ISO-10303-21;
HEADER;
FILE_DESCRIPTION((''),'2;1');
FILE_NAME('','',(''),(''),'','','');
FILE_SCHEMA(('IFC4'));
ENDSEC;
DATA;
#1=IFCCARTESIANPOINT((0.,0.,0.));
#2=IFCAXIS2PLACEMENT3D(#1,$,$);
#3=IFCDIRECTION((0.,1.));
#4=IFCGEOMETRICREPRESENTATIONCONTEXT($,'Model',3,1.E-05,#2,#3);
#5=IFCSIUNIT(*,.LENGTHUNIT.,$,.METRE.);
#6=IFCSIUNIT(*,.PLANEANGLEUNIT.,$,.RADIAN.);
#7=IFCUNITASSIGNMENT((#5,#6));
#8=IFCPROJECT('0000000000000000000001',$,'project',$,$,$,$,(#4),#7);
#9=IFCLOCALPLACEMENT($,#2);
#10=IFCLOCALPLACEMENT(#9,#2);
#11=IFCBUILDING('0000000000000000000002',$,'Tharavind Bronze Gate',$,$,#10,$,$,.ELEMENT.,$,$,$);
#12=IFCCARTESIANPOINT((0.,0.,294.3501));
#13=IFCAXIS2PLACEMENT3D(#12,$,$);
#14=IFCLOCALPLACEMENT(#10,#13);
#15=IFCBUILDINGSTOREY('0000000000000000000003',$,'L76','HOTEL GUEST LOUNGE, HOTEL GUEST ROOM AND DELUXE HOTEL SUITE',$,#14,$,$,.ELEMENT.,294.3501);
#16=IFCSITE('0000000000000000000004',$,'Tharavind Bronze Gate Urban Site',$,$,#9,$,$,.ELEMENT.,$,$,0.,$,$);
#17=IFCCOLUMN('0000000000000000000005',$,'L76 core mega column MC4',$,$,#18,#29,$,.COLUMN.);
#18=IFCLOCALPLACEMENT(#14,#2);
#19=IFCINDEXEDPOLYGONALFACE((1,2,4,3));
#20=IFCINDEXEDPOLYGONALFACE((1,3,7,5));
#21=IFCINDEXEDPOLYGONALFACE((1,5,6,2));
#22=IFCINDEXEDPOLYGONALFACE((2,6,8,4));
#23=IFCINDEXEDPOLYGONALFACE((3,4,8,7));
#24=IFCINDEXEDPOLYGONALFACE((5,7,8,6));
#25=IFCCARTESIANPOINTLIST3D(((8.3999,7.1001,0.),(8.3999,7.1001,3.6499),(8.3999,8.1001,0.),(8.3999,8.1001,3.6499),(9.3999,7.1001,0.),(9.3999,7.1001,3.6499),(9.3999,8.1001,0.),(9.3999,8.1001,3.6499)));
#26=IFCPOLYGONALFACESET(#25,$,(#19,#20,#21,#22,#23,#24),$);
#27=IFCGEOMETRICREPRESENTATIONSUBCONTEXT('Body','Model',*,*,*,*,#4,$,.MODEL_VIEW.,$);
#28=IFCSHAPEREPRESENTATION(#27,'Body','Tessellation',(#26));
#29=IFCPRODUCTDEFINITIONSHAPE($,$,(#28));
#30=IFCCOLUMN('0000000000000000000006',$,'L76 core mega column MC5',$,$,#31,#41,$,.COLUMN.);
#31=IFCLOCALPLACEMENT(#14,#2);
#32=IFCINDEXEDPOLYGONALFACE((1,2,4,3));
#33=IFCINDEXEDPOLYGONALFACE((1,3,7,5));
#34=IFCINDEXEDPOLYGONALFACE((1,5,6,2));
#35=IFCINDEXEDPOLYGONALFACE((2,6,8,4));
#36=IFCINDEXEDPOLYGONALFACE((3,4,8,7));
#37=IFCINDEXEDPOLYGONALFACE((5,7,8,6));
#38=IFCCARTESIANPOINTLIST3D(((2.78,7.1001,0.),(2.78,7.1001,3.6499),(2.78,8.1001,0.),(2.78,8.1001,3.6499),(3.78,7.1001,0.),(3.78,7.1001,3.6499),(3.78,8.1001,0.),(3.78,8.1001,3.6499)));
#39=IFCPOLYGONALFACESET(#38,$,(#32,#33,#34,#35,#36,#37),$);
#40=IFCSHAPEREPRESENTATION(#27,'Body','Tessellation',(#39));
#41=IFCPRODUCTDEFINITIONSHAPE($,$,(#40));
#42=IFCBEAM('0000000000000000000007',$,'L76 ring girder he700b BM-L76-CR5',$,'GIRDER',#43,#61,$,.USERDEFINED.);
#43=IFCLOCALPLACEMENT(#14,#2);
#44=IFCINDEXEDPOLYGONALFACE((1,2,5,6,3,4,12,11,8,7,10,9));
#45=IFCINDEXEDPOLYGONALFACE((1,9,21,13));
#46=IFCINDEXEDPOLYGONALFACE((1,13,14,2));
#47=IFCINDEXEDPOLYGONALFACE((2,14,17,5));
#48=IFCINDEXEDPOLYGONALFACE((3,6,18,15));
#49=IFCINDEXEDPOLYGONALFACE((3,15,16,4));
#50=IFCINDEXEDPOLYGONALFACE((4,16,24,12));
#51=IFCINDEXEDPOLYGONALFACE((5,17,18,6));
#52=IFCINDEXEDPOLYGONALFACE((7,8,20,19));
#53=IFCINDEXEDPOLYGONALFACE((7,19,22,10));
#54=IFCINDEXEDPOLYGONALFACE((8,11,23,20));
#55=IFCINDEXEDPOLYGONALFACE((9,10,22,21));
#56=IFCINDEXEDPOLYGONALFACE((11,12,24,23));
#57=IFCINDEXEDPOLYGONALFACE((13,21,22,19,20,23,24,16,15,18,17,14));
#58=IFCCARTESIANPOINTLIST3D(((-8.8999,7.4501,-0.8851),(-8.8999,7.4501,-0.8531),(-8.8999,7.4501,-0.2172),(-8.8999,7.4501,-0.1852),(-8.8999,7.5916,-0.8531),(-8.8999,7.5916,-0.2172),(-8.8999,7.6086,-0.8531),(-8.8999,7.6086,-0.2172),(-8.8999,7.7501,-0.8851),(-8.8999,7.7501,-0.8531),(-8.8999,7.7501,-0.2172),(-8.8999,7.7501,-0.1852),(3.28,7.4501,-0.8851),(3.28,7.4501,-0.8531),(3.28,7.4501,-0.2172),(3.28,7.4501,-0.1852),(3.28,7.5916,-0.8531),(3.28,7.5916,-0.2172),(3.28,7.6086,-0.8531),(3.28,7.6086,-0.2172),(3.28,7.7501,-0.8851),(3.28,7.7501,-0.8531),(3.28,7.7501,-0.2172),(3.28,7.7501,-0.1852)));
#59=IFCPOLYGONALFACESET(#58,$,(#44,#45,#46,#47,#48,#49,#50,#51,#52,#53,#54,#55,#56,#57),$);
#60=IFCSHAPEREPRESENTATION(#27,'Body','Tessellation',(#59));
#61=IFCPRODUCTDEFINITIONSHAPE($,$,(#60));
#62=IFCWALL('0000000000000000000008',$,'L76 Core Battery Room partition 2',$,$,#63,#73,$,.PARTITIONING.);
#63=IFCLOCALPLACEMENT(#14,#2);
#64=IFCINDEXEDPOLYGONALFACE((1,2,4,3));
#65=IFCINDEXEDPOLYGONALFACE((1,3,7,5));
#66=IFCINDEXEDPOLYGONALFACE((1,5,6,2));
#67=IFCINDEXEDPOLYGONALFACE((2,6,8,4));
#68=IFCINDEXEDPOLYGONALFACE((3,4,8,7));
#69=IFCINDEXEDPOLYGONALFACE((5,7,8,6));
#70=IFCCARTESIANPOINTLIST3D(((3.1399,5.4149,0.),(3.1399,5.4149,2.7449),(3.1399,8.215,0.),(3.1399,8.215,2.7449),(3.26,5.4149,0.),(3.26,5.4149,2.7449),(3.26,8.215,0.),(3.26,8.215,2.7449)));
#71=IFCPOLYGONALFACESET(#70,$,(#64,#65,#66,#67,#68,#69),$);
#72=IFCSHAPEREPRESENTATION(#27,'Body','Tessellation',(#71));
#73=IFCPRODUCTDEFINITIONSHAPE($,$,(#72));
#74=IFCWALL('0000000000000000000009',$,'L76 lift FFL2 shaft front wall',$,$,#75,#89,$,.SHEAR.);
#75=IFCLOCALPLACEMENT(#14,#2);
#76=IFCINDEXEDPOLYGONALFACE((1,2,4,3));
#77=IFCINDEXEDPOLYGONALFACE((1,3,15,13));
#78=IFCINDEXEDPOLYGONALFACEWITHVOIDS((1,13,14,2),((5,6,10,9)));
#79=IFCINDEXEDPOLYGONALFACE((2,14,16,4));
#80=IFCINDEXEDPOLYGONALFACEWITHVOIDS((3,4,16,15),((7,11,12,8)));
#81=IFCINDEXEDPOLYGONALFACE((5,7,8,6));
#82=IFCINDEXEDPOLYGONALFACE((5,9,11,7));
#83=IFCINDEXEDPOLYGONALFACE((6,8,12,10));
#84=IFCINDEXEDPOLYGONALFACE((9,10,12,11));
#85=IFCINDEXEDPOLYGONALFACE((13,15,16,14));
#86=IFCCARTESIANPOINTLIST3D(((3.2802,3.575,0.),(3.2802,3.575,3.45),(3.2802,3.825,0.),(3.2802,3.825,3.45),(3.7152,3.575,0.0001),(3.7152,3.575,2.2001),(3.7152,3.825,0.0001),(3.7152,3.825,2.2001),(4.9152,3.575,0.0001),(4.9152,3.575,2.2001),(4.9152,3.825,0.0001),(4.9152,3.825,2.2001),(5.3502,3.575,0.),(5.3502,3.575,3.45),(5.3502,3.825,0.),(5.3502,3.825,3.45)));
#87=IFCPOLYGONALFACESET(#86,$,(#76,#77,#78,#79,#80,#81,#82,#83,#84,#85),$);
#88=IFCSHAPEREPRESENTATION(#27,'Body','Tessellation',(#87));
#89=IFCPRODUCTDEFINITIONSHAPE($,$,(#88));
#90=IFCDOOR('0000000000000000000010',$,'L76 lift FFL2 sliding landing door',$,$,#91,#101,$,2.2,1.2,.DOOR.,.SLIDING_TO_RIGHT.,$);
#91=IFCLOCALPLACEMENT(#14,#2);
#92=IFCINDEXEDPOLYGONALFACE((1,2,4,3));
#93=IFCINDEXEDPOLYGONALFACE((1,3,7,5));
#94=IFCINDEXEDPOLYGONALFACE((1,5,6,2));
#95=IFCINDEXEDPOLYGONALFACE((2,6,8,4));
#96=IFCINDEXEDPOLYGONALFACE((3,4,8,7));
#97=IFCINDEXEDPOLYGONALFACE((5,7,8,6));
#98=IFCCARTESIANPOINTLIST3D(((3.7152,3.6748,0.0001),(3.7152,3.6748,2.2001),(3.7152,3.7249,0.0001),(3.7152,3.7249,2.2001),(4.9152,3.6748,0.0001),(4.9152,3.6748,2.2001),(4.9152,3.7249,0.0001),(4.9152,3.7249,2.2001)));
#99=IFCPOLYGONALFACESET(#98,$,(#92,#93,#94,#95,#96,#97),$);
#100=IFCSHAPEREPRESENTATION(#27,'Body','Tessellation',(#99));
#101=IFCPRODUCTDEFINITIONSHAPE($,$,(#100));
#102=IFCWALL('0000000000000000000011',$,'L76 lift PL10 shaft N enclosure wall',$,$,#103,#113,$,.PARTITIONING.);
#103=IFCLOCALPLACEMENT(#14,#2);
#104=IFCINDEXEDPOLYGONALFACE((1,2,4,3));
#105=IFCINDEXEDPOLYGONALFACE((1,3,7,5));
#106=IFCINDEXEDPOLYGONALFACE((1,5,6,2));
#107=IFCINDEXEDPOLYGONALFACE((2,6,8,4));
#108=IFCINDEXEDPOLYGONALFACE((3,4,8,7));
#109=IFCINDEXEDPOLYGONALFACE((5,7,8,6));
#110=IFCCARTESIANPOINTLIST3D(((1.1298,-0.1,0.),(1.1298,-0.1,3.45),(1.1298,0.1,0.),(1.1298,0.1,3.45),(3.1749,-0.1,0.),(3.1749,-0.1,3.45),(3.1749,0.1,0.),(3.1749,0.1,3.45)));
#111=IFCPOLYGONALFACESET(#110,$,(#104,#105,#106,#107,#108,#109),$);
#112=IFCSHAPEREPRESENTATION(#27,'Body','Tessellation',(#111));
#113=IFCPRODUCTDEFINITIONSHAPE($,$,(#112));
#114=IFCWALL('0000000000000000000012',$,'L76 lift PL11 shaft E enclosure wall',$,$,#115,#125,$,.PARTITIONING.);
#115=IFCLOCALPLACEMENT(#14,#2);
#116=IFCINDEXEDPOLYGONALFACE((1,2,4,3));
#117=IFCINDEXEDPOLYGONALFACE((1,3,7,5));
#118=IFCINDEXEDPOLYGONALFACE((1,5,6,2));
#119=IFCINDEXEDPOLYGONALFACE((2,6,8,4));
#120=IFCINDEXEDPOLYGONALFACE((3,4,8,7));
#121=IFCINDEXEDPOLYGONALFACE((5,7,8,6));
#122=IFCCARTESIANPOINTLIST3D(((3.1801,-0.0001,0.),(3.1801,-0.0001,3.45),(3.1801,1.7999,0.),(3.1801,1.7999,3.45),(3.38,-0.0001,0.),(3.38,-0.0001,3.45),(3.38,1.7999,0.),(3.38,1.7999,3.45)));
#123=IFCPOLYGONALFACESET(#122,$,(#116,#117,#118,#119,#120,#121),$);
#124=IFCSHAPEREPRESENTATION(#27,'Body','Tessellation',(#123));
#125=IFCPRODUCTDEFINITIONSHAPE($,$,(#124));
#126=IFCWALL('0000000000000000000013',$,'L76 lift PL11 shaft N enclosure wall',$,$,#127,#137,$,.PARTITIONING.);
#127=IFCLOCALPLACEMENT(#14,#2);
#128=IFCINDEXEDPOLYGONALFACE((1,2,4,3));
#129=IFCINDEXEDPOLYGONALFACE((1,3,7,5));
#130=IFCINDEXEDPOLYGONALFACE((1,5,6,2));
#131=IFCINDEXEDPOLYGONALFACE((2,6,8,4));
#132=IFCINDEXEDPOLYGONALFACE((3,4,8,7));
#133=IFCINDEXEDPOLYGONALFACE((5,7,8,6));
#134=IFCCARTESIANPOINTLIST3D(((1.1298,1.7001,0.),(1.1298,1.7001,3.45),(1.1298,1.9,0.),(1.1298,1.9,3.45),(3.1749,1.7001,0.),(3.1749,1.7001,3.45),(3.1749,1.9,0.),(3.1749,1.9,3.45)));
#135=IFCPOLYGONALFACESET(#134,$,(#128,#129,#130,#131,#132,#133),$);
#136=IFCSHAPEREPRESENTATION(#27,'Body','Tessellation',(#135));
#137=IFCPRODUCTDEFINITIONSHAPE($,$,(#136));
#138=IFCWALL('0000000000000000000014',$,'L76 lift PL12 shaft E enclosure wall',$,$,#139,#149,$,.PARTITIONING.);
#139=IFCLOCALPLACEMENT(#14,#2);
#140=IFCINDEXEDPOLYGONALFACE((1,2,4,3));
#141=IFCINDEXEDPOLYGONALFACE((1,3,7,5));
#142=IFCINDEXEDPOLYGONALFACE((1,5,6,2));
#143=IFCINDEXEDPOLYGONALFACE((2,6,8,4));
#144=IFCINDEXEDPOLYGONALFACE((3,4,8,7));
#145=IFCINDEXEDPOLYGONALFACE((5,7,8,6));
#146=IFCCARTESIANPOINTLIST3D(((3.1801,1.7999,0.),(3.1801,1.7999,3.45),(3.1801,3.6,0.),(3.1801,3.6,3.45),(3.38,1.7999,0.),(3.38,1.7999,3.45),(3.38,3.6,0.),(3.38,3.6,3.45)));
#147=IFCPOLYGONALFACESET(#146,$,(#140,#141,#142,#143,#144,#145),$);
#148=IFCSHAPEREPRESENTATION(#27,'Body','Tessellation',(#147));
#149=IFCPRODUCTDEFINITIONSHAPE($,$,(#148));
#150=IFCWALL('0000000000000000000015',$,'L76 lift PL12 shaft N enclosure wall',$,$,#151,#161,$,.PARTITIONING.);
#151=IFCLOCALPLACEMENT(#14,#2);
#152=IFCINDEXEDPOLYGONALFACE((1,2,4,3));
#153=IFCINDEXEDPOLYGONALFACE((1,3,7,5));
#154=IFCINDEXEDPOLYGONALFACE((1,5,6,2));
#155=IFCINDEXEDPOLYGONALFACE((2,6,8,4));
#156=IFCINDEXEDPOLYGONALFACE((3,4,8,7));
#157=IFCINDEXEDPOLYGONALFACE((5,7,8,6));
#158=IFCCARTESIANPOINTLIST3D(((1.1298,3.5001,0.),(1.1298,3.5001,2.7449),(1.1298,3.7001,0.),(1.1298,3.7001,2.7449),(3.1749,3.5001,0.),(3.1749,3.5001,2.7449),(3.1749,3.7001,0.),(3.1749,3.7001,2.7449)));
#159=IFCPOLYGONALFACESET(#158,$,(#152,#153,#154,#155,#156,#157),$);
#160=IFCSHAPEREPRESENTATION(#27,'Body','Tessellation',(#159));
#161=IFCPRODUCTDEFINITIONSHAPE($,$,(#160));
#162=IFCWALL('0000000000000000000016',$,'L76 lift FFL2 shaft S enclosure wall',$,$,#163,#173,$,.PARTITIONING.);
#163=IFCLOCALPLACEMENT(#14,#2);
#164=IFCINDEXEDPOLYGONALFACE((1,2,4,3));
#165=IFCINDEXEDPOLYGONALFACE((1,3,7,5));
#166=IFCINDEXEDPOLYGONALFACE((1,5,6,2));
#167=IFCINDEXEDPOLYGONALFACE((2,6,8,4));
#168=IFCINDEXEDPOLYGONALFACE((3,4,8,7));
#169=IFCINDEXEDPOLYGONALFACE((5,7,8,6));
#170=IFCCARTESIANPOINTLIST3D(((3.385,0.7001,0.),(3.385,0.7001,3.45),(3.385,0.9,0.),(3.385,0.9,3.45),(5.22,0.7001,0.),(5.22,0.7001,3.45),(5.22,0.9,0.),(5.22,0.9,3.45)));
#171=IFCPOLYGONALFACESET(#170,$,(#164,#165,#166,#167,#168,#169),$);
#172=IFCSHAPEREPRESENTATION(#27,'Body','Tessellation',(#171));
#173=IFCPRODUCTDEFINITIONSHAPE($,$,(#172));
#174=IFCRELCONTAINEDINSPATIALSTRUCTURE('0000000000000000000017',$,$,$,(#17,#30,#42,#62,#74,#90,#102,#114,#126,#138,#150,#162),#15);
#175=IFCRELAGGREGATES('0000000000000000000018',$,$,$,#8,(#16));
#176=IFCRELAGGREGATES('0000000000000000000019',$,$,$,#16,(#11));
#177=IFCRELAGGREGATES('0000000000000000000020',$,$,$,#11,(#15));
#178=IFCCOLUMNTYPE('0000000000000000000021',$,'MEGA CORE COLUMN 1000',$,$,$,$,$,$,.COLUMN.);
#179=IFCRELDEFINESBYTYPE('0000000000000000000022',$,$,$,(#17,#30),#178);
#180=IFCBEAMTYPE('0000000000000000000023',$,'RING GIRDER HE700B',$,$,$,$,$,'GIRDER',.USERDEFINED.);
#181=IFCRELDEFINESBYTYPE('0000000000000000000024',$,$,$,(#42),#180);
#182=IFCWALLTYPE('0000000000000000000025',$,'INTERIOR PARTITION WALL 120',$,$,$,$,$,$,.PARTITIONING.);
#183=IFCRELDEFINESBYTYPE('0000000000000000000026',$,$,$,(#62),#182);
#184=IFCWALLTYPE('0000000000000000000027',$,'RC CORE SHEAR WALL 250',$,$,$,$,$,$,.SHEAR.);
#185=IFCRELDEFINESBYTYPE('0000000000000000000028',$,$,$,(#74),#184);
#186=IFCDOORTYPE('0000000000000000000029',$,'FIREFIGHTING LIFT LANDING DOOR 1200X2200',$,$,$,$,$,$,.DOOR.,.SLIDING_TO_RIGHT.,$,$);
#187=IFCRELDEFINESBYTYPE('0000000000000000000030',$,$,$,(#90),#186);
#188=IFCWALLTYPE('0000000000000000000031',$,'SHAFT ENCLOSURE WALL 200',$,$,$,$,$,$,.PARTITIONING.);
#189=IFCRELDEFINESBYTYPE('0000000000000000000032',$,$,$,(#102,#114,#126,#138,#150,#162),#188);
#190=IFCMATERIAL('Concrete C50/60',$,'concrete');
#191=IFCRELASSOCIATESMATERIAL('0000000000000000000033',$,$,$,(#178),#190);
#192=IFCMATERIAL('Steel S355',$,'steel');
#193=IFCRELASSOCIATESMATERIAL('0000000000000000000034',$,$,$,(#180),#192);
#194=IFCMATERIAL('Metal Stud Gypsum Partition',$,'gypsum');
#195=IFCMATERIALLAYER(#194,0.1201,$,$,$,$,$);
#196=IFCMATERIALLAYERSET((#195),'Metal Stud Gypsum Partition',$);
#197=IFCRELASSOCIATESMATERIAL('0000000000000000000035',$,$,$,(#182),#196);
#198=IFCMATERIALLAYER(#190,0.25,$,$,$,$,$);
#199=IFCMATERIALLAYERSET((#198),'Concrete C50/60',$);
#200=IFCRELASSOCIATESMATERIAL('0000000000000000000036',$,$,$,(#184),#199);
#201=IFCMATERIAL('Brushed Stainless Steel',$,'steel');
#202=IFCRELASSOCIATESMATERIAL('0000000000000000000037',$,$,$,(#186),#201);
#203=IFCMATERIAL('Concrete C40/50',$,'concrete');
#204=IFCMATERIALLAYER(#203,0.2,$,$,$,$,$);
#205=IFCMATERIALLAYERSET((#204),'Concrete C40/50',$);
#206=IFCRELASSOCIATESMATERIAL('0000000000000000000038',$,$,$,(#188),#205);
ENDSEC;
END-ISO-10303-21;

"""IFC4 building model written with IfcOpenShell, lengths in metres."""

from ifc_helpers import new_model, si_unit, direction, frame, frame_2d, origin, origin_2d, place, context, subcontext, project, spatial, rectangle, i_section, extrude, material, layer, layer_set, material_profile, profile_set, type_object, element, fill, save


model = new_model("IFC4")

# Units and contexts
model_context = context("Model", 3, precision=1e-05, world=origin(), true_north=direction((0.0, 1.0)))
body_context = subcontext(model_context, "Body", "Model", "MODEL_VIEW")
ifc_project = project(units=[si_unit("LENGTHUNIT", "METRE"), si_unit("PLANEANGLEUNIT", "RADIAN")], contexts=[model_context])

# Site, building, storey
site_placement = place(None, origin())
site = spatial("IfcSite", under=ifc_project, at=site_placement, Name="Tharavind Bronze Gate Urban Site", CompositionType="ELEMENT", RefElevation=0.0)
building_placement = place(site_placement, origin())
building = spatial("IfcBuilding", under=site, at=building_placement, Name="Tharavind Bronze Gate", CompositionType="ELEMENT")
storey_placement = place(building_placement, frame((0.0, 0.0, 294.3501)))
storey = spatial("IfcBuildingStorey", under=building, at=storey_placement, Name="L76", Description="HOTEL GUEST LOUNGE, HOTEL GUEST ROOM AND DELUXE HOTEL SUITE", CompositionType="ELEMENT", Elevation=294.3501)

# Columns
ifc_material_1 = material(Name="Concrete C50/60", Category="concrete")
ifc_material_profile_1 = material_profile(ifc_material_1, rectangle(XDim=1.0, YDim=1.0, at=origin_2d()), Name="RCCOL1000")
ifc_profile_set_1 = profile_set([ifc_material_profile_1], Name="Concrete C50/60")
column_type = type_object("IfcColumnType", Name="MEGA CORE COLUMN 1000", PredefinedType="COLUMN", material=ifc_profile_set_1)
for number, where, z_axis, x_axis, name in (
    (1, (8.8999, 7.6001, 0.0), (0.0, 0.0, 1.0), (1.0, 0.0, 0.0), "L76 core mega column MC4"),
    (2, (3.28, 7.6001, 0.0), (0.0, 0.0, 1.0), (1.0, 0.0, 0.0), "L76 core mega column MC5"),
):
    element("IfcColumn", number, at=place(storey_placement, frame(where, z_axis=z_axis, x_axis=x_axis)), inside=storey, type_object=column_type, Name=name, PredefinedType="COLUMN", context=body_context, shape_type="SweptSolid", body=[
        extrude(rectangle(XDim=1.0, YDim=1.0, at=origin_2d()), origin(), (0.0, 0.0, 1.0), 3.6499),
    ])

# Beam
ifc_material_2 = material(Name="Steel S355", Category="steel")
ifc_material_profile_2 = material_profile(ifc_material_2, i_section(OverallWidth=0.3, OverallDepth=0.7, WebThickness=0.0171, FlangeThickness=0.032, at=origin_2d()), Name="HE700B")
ifc_profile_set_2 = profile_set([ifc_material_profile_2], Name="Steel S355")
beam_type = type_object("IfcBeamType", Name="RING GIRDER HE700B", ElementType="GIRDER", PredefinedType="USERDEFINED", material=ifc_profile_set_2)
beam_placement = place(storey_placement, frame((3.28, 7.6001, -0.5352), z_axis=(-1.0, 0.0, 0.0), x_axis=(0.0, -1.0, 0.0)))
element("IfcBeam", 3, at=beam_placement, inside=storey, type_object=beam_type, Name="L76 ring girder he700b BM-L76-CR5", ObjectType="GIRDER", PredefinedType="USERDEFINED", context=body_context, shape_type="SweptSolid", body=[
    extrude(i_section(OverallWidth=0.3, OverallDepth=0.7, WebThickness=0.0171, FlangeThickness=0.032, at=origin_2d()), origin(), (0.0, 0.0, 1.0), 12.1799),
])

# Wall
ifc_material_3 = material(Name="Metal Stud Gypsum Partition", Category="gypsum")
ifc_layer_1 = layer(ifc_material_3, 0.1201)
ifc_layer_set_1 = layer_set([ifc_layer_1], Name="Metal Stud Gypsum Partition")
wall_type_1 = type_object("IfcWallType", Name="INTERIOR PARTITION WALL 120", PredefinedType="PARTITIONING", material=ifc_layer_set_1)
wall_1_placement = place(storey_placement, frame((3.2, 5.415, 0.0), z_axis=(0.0, 0.0, 1.0), x_axis=(0.0, 1.0, 0.0)))
element("IfcWall", 4, at=wall_1_placement, inside=storey, type_object=wall_type_1, Name="L76 Core Battery Room partition 2", PredefinedType="PARTITIONING", context=body_context, shape_type="SweptSolid", body=[
    extrude(rectangle(XDim=2.8, YDim=0.1201, at=frame_2d((1.3999, 0.0))), origin(), (0.0, 0.0, 1.0), 2.7449),
])

# Wall, opening, door
ifc_layer_2 = layer(ifc_material_1, 0.25)
ifc_layer_set_2 = layer_set([ifc_layer_2], Name="Concrete C50/60")
wall_type_2 = type_object("IfcWallType", Name="RC CORE SHEAR WALL 250", PredefinedType="SHEAR", material=ifc_layer_set_2)
wall_2_placement = place(storey_placement, frame((3.28, 3.7, 0.0), z_axis=(0.0, 0.0, 1.0), x_axis=(1.0, 0.0, 0.0)))
wall_2 = element("IfcWall", 5, at=wall_2_placement, inside=storey, type_object=wall_type_2, Name="L76 lift FFL2 shaft front wall", PredefinedType="SHEAR", context=body_context, shape_type="SweptSolid", body=[
    extrude(rectangle(XDim=2.0701, YDim=0.25, at=frame_2d((1.0352, 0.0))), origin(), (0.0, 0.0, 1.0), 3.45),
])
opening_1_placement = place(wall_2_placement, frame((0.4351, 0.0, 0.0)))
opening_1 = element("IfcOpeningElement", 6, at=opening_1_placement, cuts=wall_2, PredefinedType="OPENING", context=body_context, shape_type="SweptSolid", body=[
    extrude(rectangle(XDim=1.2, YDim=2.2, at=frame_2d((0.6001, 1.1001))), frame((0.0, 0.135, 0.0), z_axis=(0.0, -1.0, 0.0), x_axis=(1.0, 0.0, 0.0)), (0.0, 0.0, 1.0), 0.27),
])
ifc_material_4 = material(Name="Brushed Stainless Steel", Category="steel")
door_type_1 = type_object("IfcDoorType", Name="FIREFIGHTING LIFT LANDING DOOR 1200X2200", OperationType="SLIDING_TO_RIGHT", PredefinedType="DOOR", material=ifc_material_4)
door_1_placement = place(opening_1_placement, origin())
door_1 = element("IfcDoor", 7, at=door_1_placement, inside=storey, type_object=door_type_1, Name="L76 lift FFL2 sliding landing door", OperationType="SLIDING_TO_RIGHT", OverallHeight=2.2, OverallWidth=1.2, PredefinedType="DOOR", context=body_context, shape_type="SweptSolid", body=[
    extrude(rectangle(XDim=1.2, YDim=2.2, at=frame_2d((0.6001, 1.1001))), frame((0.0, 0.0249, 0.0), z_axis=(0.0, -1.0, 0.0), x_axis=(1.0, 0.0, 0.0)), (0.0, 0.0, 1.0), 0.05),
])
fill(opening_1, door_1)

# Walls
ifc_material_5 = material(Name="Concrete C40/50", Category="concrete")
ifc_layer_3 = layer(ifc_material_5, 0.2)
ifc_layer_set_3 = layer_set([ifc_layer_3], Name="Concrete C40/50")
wall_type_3 = type_object("IfcWallType", Name="SHAFT ENCLOSURE WALL 200", PredefinedType="PARTITIONING", material=ifc_layer_set_3)
wall_3_placement = place(storey_placement, frame((1.1299, 0.0, 0.0), z_axis=(0.0, 0.0, 1.0), x_axis=(1.0, 0.0, 0.0)))
element("IfcWall", 8, at=wall_3_placement, inside=storey, type_object=wall_type_3, Name="L76 lift PL10 shaft N enclosure wall", PredefinedType="PARTITIONING", context=body_context, shape_type="SweptSolid", body=[
    extrude(rectangle(XDim=2.0452, YDim=0.2, at=frame_2d((1.0225, 0.0))), origin(), (0.0, 0.0, 1.0), 3.45),
])
wall_4_placement = place(storey_placement, frame((3.28, 0.0, 0.0), z_axis=(0.0, 0.0, 1.0), x_axis=(0.0, 1.0, 0.0)))
element("IfcWall", 9, at=wall_4_placement, inside=storey, type_object=wall_type_3, Name="L76 lift PL11 shaft E enclosure wall", PredefinedType="PARTITIONING", context=body_context, shape_type="SweptSolid", body=[
    extrude(rectangle(XDim=1.8, YDim=0.2, at=frame_2d((0.8999, 0.0))), origin(), (0.0, 0.0, 1.0), 3.45),
])
wall_5_placement = place(storey_placement, frame((1.1299, 1.8, 0.0), z_axis=(0.0, 0.0, 1.0), x_axis=(1.0, 0.0, 0.0)))
element("IfcWall", 10, at=wall_5_placement, inside=storey, type_object=wall_type_3, Name="L76 lift PL11 shaft N enclosure wall", PredefinedType="PARTITIONING", context=body_context, shape_type="SweptSolid", body=[
    extrude(rectangle(XDim=2.0452, YDim=0.2, at=frame_2d((1.0225, 0.0))), origin(), (0.0, 0.0, 1.0), 3.45),
])
wall_6_placement = place(storey_placement, frame((3.28, 1.8, 0.0), z_axis=(0.0, 0.0, 1.0), x_axis=(0.0, 1.0, 0.0)))
element("IfcWall", 11, at=wall_6_placement, inside=storey, type_object=wall_type_3, Name="L76 lift PL12 shaft E enclosure wall", PredefinedType="PARTITIONING", context=body_context, shape_type="SweptSolid", body=[
    extrude(rectangle(XDim=1.8, YDim=0.2, at=frame_2d((0.8999, 0.0))), origin(), (0.0, 0.0, 1.0), 3.45),
])
wall_7_placement = place(storey_placement, frame((1.1299, 3.6001, 0.0), z_axis=(0.0, 0.0, 1.0), x_axis=(1.0, 0.0, 0.0)))
element("IfcWall", 12, at=wall_7_placement, inside=storey, type_object=wall_type_3, Name="L76 lift PL12 shaft N enclosure wall", PredefinedType="PARTITIONING", context=body_context, shape_type="SweptSolid", body=[
    extrude(rectangle(XDim=2.0452, YDim=0.2, at=frame_2d((1.0225, 0.0))), origin(), (0.0, 0.0, 1.0), 2.7449),
])
wall_8_placement = place(storey_placement, frame((3.385, 0.8, 0.0), z_axis=(0.0, 0.0, 1.0), x_axis=(1.0, 0.0, 0.0)))
element("IfcWall", 13, at=wall_8_placement, inside=storey, type_object=wall_type_3, Name="L76 lift FFL2 shaft S enclosure wall", PredefinedType="PARTITIONING", context=body_context, shape_type="SweptSolid", body=[
    extrude(rectangle(XDim=1.835, YDim=0.2, at=frame_2d((0.9175, 0.0))), origin(), (0.0, 0.0, 1.0), 3.45),
])

save(model, "model.ifc")
